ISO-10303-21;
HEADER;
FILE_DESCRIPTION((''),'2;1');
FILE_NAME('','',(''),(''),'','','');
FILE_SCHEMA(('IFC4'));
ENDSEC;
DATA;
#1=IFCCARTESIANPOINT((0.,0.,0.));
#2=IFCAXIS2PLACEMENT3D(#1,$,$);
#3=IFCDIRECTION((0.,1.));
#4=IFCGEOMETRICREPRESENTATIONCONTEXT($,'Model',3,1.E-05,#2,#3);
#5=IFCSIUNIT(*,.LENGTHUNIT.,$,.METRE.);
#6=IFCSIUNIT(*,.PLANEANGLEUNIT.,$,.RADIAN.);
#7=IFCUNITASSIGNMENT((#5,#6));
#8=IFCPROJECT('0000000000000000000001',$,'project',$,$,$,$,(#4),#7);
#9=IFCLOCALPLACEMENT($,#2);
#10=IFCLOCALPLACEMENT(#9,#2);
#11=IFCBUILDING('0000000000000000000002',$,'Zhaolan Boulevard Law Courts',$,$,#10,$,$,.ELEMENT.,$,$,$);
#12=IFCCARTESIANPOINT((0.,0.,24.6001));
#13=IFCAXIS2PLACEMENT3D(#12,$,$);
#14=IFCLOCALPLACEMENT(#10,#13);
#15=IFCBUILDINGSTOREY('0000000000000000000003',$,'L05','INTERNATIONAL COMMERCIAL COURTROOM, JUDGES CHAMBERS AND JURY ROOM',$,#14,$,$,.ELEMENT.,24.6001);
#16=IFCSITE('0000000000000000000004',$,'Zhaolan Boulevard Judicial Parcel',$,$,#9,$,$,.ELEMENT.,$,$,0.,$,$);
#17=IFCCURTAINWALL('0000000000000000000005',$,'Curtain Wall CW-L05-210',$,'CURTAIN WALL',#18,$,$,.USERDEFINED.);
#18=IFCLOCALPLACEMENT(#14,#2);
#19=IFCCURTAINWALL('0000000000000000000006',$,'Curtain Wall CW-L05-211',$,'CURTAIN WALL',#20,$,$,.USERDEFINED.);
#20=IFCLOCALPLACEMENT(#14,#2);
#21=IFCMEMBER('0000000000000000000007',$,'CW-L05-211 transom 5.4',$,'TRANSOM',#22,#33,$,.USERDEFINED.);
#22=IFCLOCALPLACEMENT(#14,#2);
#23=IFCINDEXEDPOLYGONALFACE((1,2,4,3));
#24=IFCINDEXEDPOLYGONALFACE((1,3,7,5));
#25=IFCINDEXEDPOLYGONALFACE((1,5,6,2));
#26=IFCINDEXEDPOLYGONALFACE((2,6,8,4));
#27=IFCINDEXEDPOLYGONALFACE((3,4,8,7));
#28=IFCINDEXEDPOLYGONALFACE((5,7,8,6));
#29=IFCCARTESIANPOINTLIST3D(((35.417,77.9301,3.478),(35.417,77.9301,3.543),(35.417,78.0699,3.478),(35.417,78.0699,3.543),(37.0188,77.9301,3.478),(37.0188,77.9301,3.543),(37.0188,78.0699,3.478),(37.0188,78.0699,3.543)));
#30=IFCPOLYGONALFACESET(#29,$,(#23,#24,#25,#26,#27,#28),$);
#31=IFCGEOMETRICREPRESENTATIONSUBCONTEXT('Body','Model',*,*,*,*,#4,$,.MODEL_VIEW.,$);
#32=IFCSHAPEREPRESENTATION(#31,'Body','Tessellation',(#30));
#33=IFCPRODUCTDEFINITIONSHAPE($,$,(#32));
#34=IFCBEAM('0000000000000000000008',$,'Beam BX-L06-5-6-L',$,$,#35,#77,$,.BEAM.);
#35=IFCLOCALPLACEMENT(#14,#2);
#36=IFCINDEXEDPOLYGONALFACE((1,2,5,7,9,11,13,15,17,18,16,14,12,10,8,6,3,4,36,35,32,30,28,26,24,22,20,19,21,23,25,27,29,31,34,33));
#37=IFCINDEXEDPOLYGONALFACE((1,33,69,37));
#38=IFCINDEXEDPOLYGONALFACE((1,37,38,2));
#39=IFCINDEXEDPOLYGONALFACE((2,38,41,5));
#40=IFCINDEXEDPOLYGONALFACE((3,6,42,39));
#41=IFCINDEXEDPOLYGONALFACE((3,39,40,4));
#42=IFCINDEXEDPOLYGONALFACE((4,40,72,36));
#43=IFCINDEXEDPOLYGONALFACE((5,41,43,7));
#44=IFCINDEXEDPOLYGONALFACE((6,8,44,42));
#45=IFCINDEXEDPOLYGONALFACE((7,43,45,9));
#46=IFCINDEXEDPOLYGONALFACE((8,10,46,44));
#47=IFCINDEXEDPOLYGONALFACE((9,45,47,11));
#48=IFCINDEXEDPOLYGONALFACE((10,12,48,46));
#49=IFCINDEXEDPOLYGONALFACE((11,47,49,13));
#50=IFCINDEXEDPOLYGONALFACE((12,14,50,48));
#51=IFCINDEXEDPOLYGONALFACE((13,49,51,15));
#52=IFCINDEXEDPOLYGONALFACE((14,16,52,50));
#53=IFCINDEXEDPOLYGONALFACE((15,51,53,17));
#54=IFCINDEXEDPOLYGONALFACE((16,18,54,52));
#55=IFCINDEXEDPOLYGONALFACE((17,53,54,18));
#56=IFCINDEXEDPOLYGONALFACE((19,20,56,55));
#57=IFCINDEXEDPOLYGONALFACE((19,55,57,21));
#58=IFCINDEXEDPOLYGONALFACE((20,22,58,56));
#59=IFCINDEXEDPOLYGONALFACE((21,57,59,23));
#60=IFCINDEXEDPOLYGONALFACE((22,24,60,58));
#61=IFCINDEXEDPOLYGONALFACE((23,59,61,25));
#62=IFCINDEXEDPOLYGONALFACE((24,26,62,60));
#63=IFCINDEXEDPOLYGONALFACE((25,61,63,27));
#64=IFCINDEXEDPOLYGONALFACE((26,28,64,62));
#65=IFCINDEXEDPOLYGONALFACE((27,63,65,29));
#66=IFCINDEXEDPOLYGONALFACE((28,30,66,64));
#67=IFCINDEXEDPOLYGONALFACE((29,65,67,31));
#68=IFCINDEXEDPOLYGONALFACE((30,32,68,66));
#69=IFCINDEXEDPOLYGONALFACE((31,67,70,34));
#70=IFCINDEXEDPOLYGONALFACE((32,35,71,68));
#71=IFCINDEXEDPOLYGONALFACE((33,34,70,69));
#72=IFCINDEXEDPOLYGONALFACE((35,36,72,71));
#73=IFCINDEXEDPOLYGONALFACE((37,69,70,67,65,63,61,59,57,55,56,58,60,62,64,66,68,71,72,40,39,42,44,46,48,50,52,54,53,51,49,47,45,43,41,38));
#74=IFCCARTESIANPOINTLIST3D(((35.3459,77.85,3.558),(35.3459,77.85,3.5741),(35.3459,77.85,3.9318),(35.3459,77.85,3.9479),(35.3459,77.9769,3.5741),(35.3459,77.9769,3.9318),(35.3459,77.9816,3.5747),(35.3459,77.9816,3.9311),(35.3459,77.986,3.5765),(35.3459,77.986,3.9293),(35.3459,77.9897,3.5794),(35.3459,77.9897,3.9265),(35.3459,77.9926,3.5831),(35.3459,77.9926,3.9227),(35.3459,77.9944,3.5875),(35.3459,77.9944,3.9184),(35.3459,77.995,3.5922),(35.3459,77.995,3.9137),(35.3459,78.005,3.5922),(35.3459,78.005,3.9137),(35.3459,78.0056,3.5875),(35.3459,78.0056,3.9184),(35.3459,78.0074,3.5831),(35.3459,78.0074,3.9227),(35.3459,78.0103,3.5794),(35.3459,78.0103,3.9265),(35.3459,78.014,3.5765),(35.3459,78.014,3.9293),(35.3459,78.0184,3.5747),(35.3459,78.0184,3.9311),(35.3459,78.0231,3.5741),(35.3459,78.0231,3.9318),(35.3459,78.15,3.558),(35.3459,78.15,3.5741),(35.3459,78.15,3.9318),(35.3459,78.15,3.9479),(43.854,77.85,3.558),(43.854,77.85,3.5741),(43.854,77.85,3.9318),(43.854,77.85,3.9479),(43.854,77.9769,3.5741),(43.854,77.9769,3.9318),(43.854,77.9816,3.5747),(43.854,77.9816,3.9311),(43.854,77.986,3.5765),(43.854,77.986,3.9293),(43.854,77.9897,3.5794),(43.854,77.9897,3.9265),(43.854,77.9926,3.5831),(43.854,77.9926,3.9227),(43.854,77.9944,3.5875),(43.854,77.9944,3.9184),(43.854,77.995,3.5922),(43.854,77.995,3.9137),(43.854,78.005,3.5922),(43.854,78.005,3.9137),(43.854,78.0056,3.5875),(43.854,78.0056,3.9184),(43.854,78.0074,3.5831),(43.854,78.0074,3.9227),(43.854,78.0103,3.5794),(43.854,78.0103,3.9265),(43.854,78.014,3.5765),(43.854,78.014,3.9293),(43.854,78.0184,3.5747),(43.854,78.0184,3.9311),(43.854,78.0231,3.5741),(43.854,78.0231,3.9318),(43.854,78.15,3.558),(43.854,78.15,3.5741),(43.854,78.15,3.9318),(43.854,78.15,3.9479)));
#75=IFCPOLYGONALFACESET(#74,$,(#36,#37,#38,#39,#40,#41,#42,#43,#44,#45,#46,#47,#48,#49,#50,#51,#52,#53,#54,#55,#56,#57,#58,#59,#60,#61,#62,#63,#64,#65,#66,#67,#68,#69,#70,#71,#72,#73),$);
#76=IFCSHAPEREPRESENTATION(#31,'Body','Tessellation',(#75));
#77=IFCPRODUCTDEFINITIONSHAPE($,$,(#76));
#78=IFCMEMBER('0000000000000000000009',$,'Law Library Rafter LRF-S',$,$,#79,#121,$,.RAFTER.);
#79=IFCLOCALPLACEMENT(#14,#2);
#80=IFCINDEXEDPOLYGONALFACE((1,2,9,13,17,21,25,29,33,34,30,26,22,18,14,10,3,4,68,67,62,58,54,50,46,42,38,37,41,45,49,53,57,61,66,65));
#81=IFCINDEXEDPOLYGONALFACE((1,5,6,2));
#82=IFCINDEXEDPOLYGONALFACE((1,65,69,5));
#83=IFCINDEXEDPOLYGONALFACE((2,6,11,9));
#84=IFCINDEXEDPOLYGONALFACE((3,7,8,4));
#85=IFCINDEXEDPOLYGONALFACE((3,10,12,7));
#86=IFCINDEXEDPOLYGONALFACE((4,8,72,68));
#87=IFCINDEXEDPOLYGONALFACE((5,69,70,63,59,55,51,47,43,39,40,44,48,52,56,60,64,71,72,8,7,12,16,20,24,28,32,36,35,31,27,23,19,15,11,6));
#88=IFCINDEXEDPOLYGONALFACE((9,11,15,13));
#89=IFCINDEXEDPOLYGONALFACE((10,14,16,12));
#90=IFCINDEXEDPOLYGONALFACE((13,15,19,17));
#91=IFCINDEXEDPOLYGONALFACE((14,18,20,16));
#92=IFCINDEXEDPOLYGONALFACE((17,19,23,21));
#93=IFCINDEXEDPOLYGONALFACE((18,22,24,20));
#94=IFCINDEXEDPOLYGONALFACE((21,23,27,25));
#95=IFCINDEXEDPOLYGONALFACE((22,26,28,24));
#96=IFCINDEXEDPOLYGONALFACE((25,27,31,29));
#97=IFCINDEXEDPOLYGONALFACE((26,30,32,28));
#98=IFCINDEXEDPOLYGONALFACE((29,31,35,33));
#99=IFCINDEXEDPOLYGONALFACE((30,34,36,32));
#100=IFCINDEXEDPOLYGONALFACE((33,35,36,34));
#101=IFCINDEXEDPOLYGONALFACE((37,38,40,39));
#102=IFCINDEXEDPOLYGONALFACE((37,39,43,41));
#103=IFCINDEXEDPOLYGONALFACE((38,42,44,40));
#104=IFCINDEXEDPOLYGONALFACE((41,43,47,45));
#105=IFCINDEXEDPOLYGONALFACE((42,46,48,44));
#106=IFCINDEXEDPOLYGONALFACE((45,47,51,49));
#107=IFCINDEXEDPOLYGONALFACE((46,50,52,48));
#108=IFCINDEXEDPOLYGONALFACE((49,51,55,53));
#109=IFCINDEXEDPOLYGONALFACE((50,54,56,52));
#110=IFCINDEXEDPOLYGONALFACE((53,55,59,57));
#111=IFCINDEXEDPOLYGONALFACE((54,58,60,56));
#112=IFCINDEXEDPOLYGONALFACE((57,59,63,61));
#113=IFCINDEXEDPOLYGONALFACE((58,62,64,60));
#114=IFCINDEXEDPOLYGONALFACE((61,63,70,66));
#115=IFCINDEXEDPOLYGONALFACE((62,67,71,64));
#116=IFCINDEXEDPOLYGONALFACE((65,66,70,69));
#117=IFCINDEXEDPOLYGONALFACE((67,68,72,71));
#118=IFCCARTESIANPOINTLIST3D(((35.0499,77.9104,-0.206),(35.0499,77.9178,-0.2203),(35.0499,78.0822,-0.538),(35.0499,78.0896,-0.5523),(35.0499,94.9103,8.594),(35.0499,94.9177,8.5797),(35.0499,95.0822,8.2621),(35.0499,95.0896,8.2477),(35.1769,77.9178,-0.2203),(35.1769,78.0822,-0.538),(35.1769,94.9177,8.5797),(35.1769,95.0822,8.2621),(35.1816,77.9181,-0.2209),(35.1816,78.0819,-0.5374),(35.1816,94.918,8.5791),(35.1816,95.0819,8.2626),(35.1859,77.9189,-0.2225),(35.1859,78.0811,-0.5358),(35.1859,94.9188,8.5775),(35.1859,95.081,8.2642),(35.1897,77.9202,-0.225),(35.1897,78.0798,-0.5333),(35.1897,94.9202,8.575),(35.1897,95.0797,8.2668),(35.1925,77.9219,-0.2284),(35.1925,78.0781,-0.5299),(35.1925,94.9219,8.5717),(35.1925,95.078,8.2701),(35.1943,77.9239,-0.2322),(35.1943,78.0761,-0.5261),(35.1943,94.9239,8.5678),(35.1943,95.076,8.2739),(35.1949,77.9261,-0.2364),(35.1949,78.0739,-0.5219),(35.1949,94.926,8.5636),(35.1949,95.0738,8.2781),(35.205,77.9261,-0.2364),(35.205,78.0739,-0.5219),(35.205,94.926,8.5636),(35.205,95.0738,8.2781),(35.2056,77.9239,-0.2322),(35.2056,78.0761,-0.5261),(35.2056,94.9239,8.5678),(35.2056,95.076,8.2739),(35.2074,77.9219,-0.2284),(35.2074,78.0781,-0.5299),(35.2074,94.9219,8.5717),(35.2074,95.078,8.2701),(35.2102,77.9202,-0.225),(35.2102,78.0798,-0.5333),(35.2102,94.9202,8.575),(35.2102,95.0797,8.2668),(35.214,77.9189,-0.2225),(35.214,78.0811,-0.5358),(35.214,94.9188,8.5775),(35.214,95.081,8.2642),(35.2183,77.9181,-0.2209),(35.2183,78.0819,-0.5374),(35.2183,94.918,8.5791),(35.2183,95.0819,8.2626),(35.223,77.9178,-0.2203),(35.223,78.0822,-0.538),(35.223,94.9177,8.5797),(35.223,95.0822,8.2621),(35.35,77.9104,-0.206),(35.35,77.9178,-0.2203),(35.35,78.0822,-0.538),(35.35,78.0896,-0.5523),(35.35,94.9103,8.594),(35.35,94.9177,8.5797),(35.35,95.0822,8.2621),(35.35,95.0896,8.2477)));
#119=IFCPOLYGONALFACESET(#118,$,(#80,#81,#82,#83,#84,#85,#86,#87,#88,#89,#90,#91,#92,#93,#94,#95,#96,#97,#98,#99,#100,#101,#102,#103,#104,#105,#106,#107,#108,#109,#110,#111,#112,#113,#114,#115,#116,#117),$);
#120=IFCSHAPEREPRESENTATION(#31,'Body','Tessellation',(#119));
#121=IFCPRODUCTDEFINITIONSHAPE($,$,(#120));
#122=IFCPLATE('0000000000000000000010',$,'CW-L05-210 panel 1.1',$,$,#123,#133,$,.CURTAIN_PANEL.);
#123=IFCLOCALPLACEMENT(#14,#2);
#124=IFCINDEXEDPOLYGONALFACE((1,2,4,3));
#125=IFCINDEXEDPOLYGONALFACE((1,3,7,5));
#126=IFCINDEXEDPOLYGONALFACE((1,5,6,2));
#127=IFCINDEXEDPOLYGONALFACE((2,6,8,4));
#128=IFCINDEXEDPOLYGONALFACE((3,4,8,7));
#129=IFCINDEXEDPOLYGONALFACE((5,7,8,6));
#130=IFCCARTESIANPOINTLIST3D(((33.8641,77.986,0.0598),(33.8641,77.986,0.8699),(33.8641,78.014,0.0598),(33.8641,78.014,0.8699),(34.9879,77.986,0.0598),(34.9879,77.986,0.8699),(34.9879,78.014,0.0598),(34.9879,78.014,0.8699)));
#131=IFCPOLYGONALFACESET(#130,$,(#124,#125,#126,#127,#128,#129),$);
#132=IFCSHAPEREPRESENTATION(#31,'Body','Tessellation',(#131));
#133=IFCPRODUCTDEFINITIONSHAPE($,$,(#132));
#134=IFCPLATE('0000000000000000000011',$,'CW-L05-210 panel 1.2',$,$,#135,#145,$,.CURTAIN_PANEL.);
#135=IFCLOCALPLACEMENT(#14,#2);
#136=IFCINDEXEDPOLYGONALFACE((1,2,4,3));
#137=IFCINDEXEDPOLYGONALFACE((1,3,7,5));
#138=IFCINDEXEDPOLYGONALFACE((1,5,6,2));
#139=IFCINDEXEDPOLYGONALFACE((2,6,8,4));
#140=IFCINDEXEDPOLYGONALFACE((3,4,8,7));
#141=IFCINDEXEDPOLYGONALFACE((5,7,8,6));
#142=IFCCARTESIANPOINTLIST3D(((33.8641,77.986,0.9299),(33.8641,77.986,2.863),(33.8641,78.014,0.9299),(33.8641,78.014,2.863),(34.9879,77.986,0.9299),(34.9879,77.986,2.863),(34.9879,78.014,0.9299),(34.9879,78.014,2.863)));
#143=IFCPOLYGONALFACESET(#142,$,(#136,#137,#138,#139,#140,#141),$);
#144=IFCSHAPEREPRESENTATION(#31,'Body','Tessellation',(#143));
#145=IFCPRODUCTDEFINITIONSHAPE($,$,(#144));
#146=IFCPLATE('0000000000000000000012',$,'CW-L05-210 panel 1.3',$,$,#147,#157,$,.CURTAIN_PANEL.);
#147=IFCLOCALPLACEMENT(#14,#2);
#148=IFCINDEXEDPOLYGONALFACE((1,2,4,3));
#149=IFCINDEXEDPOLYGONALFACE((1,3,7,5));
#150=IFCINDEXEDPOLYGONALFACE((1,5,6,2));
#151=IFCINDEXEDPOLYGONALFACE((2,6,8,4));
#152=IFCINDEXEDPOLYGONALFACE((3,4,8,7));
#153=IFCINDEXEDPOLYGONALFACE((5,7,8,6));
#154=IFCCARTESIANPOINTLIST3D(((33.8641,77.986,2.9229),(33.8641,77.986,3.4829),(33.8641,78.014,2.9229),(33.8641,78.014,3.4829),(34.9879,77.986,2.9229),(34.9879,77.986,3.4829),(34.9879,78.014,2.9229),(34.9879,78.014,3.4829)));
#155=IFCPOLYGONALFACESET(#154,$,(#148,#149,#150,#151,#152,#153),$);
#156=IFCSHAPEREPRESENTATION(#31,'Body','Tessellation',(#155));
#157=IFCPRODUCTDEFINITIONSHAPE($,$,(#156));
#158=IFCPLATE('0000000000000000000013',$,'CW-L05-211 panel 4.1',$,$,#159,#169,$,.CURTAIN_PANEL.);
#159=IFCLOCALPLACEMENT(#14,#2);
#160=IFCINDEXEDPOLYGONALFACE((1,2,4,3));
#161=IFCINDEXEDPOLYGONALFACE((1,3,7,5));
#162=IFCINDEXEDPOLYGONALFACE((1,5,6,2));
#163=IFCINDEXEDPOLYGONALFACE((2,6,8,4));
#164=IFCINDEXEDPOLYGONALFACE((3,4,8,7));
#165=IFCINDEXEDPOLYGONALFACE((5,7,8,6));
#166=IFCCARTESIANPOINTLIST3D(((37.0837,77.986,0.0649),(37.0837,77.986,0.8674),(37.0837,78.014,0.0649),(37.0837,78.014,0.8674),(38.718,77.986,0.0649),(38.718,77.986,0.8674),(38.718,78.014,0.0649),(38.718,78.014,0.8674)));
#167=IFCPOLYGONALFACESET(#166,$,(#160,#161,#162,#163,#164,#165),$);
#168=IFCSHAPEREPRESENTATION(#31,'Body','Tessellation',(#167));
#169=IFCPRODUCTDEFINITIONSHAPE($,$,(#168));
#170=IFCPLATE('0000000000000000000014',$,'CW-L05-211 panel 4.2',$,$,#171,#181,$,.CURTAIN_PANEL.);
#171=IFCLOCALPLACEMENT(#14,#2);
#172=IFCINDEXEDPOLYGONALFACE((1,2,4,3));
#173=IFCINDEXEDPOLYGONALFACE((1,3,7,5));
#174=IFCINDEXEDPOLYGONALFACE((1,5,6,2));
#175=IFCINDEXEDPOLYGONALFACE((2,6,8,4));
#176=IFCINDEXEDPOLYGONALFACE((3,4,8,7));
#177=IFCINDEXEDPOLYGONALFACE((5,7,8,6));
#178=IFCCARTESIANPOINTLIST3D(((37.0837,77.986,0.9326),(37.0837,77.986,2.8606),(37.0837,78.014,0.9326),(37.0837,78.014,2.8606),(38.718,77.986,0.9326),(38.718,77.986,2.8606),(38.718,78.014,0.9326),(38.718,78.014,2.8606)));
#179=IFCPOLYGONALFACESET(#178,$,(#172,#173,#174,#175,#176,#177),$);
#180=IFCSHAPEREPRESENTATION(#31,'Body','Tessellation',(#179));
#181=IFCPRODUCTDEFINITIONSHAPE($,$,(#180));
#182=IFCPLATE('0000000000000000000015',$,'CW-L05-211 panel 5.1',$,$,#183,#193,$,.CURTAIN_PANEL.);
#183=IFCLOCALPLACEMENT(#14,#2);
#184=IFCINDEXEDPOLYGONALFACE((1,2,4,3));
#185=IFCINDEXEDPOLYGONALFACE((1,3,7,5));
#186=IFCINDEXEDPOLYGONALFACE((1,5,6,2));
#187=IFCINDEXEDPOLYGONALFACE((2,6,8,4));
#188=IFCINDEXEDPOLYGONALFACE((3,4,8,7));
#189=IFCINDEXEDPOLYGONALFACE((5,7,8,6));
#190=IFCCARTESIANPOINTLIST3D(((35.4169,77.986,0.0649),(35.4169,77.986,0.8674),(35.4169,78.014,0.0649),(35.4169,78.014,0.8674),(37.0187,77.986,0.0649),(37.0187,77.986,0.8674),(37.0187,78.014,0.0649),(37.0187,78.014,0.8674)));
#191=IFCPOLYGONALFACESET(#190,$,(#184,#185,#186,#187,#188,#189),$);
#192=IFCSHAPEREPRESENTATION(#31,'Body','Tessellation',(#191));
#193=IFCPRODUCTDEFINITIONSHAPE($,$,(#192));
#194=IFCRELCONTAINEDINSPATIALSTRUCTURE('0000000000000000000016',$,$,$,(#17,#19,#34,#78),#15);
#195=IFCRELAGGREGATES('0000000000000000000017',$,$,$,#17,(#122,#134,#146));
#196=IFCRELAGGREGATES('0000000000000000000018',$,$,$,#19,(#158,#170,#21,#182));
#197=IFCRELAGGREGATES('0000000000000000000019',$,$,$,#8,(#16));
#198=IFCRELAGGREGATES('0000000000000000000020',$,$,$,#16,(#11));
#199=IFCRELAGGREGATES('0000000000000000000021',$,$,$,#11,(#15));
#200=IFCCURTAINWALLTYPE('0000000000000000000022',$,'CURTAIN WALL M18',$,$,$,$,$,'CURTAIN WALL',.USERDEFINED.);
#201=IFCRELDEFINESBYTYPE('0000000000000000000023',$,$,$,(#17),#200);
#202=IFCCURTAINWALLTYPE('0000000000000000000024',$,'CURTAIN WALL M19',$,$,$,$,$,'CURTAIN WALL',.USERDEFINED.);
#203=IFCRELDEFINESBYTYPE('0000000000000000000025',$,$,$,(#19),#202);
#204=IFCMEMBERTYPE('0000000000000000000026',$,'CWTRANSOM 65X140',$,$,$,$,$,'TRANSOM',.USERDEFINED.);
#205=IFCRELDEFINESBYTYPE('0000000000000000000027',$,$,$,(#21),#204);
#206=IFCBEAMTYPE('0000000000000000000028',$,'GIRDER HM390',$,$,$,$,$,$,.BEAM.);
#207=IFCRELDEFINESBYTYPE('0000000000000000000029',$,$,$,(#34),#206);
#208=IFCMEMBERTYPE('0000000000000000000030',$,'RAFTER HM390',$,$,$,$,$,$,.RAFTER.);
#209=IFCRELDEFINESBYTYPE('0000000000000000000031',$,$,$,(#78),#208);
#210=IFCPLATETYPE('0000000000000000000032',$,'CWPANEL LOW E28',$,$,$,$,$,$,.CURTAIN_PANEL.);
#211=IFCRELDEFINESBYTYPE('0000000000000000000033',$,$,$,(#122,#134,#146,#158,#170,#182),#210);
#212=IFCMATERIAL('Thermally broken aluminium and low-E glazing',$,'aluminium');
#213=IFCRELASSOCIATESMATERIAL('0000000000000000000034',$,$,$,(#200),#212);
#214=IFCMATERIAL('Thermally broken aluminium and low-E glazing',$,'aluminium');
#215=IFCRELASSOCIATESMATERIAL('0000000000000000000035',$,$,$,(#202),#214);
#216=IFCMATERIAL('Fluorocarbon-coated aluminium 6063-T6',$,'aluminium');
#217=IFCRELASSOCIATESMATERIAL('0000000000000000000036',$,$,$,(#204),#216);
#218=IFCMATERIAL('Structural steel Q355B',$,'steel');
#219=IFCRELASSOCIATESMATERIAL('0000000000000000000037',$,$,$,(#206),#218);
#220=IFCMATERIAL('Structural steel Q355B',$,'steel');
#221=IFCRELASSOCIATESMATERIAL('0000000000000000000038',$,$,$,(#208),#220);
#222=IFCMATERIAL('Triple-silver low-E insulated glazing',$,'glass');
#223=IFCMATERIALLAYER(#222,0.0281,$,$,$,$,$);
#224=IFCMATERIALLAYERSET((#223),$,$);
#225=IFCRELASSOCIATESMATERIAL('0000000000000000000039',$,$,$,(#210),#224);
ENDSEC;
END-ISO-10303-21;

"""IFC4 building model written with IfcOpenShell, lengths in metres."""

from ifc_helpers import new_model, si_unit, direction, frame, origin, origin_2d, place, context, subcontext, project, spatial, rectangle, i_section, extrude, material, layer, layer_set, material_profile, profile_set, type_object, element, aggregate, save


model = new_model("IFC4")

# Units and contexts
model_context = context("Model", 3, precision=1e-05, world=origin(), true_north=direction((0.0, 1.0)))
body_context = subcontext(model_context, "Body", "Model", "MODEL_VIEW")
ifc_project = project(units=[si_unit("LENGTHUNIT", "METRE"), si_unit("PLANEANGLEUNIT", "RADIAN")], contexts=[model_context])

# Site, building, storey
site_placement = place(None, origin())
site = spatial("IfcSite", under=ifc_project, at=site_placement, Name="Zhaolan Boulevard Judicial Parcel", CompositionType="ELEMENT", RefElevation=0.0)
building_placement = place(site_placement, origin())
building = spatial("IfcBuilding", under=site, at=building_placement, Name="Zhaolan Boulevard Law Courts", CompositionType="ELEMENT")
storey_placement = place(building_placement, frame((0.0, 0.0, 24.6001)))
storey = spatial("IfcBuildingStorey", under=building, at=storey_placement, Name="L05", Description="INTERNATIONAL COMMERCIAL COURTROOM, JUDGES CHAMBERS AND JURY ROOM", CompositionType="ELEMENT", Elevation=24.6001)

# Curtain wall
ifc_material_1 = material(Name="Thermally broken aluminium and low-E glazing", Category="aluminium")
curtain_wall_type_1 = type_object("IfcCurtainWallType", Name="CURTAIN WALL M18", ElementType="CURTAIN WALL", PredefinedType="USERDEFINED", material=ifc_material_1)
curtain_wall_1_placement = place(storey_placement, origin())
curtain_wall_1 = element("IfcCurtainWall", 1, at=curtain_wall_1_placement, inside=storey, type_object=curtain_wall_type_1, Name="Curtain Wall CW-L05-210", ObjectType="CURTAIN WALL", PredefinedType="USERDEFINED")

# Curtain wall
ifc_material_2 = material(Name="Thermally broken aluminium and low-E glazing", Category="aluminium")
curtain_wall_type_2 = type_object("IfcCurtainWallType", Name="CURTAIN WALL M19", ElementType="CURTAIN WALL", PredefinedType="USERDEFINED", material=ifc_material_2)
curtain_wall_2_placement = place(storey_placement, origin())
curtain_wall_2 = element("IfcCurtainWall", 2, at=curtain_wall_2_placement, inside=storey, type_object=curtain_wall_type_2, Name="Curtain Wall CW-L05-211", ObjectType="CURTAIN WALL", PredefinedType="USERDEFINED")

# Member
ifc_material_3 = material(Name="Fluorocarbon-coated aluminium 6063-T6", Category="aluminium")
ifc_material_profile_1 = material_profile(ifc_material_3, rectangle(XDim=0.1399, YDim=0.0649, at=origin_2d()), Name="AL65x140")
ifc_profile_set_1 = profile_set([ifc_material_profile_1], Name="Fluorocarbon-coated aluminium 6063-T6")
member_type_1 = type_object("IfcMemberType", Name="CWTRANSOM 65X140", ElementType="TRANSOM", PredefinedType="USERDEFINED", material=ifc_profile_set_1)
member_1_placement = place(storey_placement, frame((37.0188, 78.0, 3.5105), z_axis=(-1.0, 0.0, 0.0), x_axis=(0.0, -1.0, 0.0)))
member_1 = element("IfcMember", 3, at=member_1_placement, type_object=member_type_1, Name="CW-L05-211 transom 5.4", ObjectType="TRANSOM", PredefinedType="USERDEFINED", context=body_context, shape_type="SweptSolid", body=[
    extrude(rectangle(XDim=0.1399, YDim=0.0649, at=origin_2d()), origin(), (0.0, 0.0, 1.0), 1.6018),
])

# Beam
ifc_material_4 = material(Name="Structural steel Q355B", Category="steel")
ifc_material_profile_2 = material_profile(ifc_material_4, i_section(OverallWidth=0.3, OverallDepth=0.3899, WebThickness=0.01, FlangeThickness=0.0161, FilletRadius=0.0181, at=origin_2d()), Name="HM390x300")
ifc_profile_set_2 = profile_set([ifc_material_profile_2], Name="Structural steel Q355B")
beam_type = type_object("IfcBeamType", Name="GIRDER HM390", PredefinedType="BEAM", material=ifc_profile_set_2)
beam_placement = place(storey_placement, frame((35.3459, 78.0, 3.7529), z_axis=(1.0, 0.0, 0.0), x_axis=(0.0, 1.0, 0.0)))
element("IfcBeam", 4, at=beam_placement, inside=storey, type_object=beam_type, Name="Beam BX-L06-5-6-L", PredefinedType="BEAM", context=body_context, shape_type="SweptSolid", body=[
    extrude(i_section(OverallWidth=0.3, OverallDepth=0.3899, WebThickness=0.01, FlangeThickness=0.0161, FilletRadius=0.0181, at=origin_2d()), origin(), (0.0, 0.0, 1.0), 8.5081),
])

# Member
ifc_material_5 = material(Name="Structural steel Q355B", Category="steel")
ifc_material_profile_3 = material_profile(ifc_material_5, i_section(OverallWidth=0.3, OverallDepth=0.3899, WebThickness=0.01, FlangeThickness=0.0161, FilletRadius=0.0181, at=origin_2d()), Name="HM390x300")
ifc_profile_set_3 = profile_set([ifc_material_profile_3], Name="Structural steel Q355B")
member_type_2 = type_object("IfcMemberType", Name="RAFTER HM390", PredefinedType="RAFTER", material=ifc_profile_set_3)
member_2_placement = place(storey_placement, frame((35.2, 78.0, -0.3792), z_axis=(0.0, 0.88807, 0.459709), x_axis=(-1.0, 0.0, 0.0)))
element("IfcMember", 5, at=member_2_placement, inside=storey, type_object=member_type_2, Name="Law Library Rafter LRF-S", PredefinedType="RAFTER", context=body_context, shape_type="SweptSolid", body=[
    extrude(i_section(OverallWidth=0.3, OverallDepth=0.3899, WebThickness=0.01, FlangeThickness=0.0161, FilletRadius=0.0181, at=origin_2d()), origin(), (0.0, 0.0, 1.0), 19.1426),
])

# Plates
ifc_material_6 = material(Name="Triple-silver low-E insulated glazing", Category="glass")
ifc_layer = layer(ifc_material_6, 0.0281)
ifc_layer_set = layer_set([ifc_layer])
plate_type = type_object("IfcPlateType", Name="CWPANEL LOW E28", PredefinedType="CURTAIN_PANEL", material=ifc_layer_set)
plate_1_placement = place(storey_placement, frame((34.426, 78.0, 0.0598), z_axis=(0.0, 0.0, 1.0), x_axis=(-1.0, 0.0, 0.0)))
plate_1 = element("IfcPlate", 6, at=plate_1_placement, type_object=plate_type, Name="CW-L05-210 panel 1.1", PredefinedType="CURTAIN_PANEL", context=body_context, shape_type="SweptSolid", body=[
    extrude(rectangle(XDim=1.1238, YDim=0.0281, at=origin_2d()), origin(), (0.0, 0.0, 1.0), 0.8101),
])
plate_2_placement = place(storey_placement, frame((34.426, 78.0, 0.9299), z_axis=(0.0, 0.0, 1.0), x_axis=(-1.0, 0.0, 0.0)))
plate_2 = element("IfcPlate", 7, at=plate_2_placement, type_object=plate_type, Name="CW-L05-210 panel 1.2", PredefinedType="CURTAIN_PANEL", context=body_context, shape_type="SweptSolid", body=[
    extrude(rectangle(XDim=1.1238, YDim=0.0281, at=origin_2d()), origin(), (0.0, 0.0, 1.0), 1.9331),
])
plate_3_placement = place(storey_placement, frame((34.426, 78.0, 2.9229), z_axis=(0.0, 0.0, 1.0), x_axis=(-1.0, 0.0, 0.0)))
plate_3 = element("IfcPlate", 8, at=plate_3_placement, type_object=plate_type, Name="CW-L05-210 panel 1.3", PredefinedType="CURTAIN_PANEL", context=body_context, shape_type="SweptSolid", body=[
    extrude(rectangle(XDim=1.1238, YDim=0.0281, at=origin_2d()), origin(), (0.0, 0.0, 1.0), 0.5601),
])
aggregate(curtain_wall_1, [plate_1, plate_2, plate_3])
plate_4_placement = place(storey_placement, frame((37.9009, 78.0, 0.0649), z_axis=(0.0, 0.0, 1.0), x_axis=(-1.0, 0.0, 0.0)))
plate_4 = element("IfcPlate", 9, at=plate_4_placement, type_object=plate_type, Name="CW-L05-211 panel 4.1", PredefinedType="CURTAIN_PANEL", context=body_context, shape_type="SweptSolid", body=[
    extrude(rectangle(XDim=1.6343, YDim=0.0281, at=origin_2d()), origin(), (0.0, 0.0, 1.0), 0.8025),
])
plate_5_placement = place(storey_placement, frame((37.9009, 78.0, 0.9326), z_axis=(0.0, 0.0, 1.0), x_axis=(-1.0, 0.0, 0.0)))
plate_5 = element("IfcPlate", 10, at=plate_5_placement, type_object=plate_type, Name="CW-L05-211 panel 4.2", PredefinedType="CURTAIN_PANEL", context=body_context, shape_type="SweptSolid", body=[
    extrude(rectangle(XDim=1.6343, YDim=0.0281, at=origin_2d()), origin(), (0.0, 0.0, 1.0), 1.928),
])
plate_6_placement = place(storey_placement, frame((36.2178, 78.0, 0.0649), z_axis=(0.0, 0.0, 1.0), x_axis=(-1.0, 0.0, 0.0)))
plate_6 = element("IfcPlate", 11, at=plate_6_placement, type_object=plate_type, Name="CW-L05-211 panel 5.1", PredefinedType="CURTAIN_PANEL", context=body_context, shape_type="SweptSolid", body=[
    extrude(rectangle(XDim=1.6018, YDim=0.0281, at=origin_2d()), origin(), (0.0, 0.0, 1.0), 0.8025),
])
aggregate(curtain_wall_2, [plate_4, plate_5, member_1, plate_6])

save(model, "model.ifc")
